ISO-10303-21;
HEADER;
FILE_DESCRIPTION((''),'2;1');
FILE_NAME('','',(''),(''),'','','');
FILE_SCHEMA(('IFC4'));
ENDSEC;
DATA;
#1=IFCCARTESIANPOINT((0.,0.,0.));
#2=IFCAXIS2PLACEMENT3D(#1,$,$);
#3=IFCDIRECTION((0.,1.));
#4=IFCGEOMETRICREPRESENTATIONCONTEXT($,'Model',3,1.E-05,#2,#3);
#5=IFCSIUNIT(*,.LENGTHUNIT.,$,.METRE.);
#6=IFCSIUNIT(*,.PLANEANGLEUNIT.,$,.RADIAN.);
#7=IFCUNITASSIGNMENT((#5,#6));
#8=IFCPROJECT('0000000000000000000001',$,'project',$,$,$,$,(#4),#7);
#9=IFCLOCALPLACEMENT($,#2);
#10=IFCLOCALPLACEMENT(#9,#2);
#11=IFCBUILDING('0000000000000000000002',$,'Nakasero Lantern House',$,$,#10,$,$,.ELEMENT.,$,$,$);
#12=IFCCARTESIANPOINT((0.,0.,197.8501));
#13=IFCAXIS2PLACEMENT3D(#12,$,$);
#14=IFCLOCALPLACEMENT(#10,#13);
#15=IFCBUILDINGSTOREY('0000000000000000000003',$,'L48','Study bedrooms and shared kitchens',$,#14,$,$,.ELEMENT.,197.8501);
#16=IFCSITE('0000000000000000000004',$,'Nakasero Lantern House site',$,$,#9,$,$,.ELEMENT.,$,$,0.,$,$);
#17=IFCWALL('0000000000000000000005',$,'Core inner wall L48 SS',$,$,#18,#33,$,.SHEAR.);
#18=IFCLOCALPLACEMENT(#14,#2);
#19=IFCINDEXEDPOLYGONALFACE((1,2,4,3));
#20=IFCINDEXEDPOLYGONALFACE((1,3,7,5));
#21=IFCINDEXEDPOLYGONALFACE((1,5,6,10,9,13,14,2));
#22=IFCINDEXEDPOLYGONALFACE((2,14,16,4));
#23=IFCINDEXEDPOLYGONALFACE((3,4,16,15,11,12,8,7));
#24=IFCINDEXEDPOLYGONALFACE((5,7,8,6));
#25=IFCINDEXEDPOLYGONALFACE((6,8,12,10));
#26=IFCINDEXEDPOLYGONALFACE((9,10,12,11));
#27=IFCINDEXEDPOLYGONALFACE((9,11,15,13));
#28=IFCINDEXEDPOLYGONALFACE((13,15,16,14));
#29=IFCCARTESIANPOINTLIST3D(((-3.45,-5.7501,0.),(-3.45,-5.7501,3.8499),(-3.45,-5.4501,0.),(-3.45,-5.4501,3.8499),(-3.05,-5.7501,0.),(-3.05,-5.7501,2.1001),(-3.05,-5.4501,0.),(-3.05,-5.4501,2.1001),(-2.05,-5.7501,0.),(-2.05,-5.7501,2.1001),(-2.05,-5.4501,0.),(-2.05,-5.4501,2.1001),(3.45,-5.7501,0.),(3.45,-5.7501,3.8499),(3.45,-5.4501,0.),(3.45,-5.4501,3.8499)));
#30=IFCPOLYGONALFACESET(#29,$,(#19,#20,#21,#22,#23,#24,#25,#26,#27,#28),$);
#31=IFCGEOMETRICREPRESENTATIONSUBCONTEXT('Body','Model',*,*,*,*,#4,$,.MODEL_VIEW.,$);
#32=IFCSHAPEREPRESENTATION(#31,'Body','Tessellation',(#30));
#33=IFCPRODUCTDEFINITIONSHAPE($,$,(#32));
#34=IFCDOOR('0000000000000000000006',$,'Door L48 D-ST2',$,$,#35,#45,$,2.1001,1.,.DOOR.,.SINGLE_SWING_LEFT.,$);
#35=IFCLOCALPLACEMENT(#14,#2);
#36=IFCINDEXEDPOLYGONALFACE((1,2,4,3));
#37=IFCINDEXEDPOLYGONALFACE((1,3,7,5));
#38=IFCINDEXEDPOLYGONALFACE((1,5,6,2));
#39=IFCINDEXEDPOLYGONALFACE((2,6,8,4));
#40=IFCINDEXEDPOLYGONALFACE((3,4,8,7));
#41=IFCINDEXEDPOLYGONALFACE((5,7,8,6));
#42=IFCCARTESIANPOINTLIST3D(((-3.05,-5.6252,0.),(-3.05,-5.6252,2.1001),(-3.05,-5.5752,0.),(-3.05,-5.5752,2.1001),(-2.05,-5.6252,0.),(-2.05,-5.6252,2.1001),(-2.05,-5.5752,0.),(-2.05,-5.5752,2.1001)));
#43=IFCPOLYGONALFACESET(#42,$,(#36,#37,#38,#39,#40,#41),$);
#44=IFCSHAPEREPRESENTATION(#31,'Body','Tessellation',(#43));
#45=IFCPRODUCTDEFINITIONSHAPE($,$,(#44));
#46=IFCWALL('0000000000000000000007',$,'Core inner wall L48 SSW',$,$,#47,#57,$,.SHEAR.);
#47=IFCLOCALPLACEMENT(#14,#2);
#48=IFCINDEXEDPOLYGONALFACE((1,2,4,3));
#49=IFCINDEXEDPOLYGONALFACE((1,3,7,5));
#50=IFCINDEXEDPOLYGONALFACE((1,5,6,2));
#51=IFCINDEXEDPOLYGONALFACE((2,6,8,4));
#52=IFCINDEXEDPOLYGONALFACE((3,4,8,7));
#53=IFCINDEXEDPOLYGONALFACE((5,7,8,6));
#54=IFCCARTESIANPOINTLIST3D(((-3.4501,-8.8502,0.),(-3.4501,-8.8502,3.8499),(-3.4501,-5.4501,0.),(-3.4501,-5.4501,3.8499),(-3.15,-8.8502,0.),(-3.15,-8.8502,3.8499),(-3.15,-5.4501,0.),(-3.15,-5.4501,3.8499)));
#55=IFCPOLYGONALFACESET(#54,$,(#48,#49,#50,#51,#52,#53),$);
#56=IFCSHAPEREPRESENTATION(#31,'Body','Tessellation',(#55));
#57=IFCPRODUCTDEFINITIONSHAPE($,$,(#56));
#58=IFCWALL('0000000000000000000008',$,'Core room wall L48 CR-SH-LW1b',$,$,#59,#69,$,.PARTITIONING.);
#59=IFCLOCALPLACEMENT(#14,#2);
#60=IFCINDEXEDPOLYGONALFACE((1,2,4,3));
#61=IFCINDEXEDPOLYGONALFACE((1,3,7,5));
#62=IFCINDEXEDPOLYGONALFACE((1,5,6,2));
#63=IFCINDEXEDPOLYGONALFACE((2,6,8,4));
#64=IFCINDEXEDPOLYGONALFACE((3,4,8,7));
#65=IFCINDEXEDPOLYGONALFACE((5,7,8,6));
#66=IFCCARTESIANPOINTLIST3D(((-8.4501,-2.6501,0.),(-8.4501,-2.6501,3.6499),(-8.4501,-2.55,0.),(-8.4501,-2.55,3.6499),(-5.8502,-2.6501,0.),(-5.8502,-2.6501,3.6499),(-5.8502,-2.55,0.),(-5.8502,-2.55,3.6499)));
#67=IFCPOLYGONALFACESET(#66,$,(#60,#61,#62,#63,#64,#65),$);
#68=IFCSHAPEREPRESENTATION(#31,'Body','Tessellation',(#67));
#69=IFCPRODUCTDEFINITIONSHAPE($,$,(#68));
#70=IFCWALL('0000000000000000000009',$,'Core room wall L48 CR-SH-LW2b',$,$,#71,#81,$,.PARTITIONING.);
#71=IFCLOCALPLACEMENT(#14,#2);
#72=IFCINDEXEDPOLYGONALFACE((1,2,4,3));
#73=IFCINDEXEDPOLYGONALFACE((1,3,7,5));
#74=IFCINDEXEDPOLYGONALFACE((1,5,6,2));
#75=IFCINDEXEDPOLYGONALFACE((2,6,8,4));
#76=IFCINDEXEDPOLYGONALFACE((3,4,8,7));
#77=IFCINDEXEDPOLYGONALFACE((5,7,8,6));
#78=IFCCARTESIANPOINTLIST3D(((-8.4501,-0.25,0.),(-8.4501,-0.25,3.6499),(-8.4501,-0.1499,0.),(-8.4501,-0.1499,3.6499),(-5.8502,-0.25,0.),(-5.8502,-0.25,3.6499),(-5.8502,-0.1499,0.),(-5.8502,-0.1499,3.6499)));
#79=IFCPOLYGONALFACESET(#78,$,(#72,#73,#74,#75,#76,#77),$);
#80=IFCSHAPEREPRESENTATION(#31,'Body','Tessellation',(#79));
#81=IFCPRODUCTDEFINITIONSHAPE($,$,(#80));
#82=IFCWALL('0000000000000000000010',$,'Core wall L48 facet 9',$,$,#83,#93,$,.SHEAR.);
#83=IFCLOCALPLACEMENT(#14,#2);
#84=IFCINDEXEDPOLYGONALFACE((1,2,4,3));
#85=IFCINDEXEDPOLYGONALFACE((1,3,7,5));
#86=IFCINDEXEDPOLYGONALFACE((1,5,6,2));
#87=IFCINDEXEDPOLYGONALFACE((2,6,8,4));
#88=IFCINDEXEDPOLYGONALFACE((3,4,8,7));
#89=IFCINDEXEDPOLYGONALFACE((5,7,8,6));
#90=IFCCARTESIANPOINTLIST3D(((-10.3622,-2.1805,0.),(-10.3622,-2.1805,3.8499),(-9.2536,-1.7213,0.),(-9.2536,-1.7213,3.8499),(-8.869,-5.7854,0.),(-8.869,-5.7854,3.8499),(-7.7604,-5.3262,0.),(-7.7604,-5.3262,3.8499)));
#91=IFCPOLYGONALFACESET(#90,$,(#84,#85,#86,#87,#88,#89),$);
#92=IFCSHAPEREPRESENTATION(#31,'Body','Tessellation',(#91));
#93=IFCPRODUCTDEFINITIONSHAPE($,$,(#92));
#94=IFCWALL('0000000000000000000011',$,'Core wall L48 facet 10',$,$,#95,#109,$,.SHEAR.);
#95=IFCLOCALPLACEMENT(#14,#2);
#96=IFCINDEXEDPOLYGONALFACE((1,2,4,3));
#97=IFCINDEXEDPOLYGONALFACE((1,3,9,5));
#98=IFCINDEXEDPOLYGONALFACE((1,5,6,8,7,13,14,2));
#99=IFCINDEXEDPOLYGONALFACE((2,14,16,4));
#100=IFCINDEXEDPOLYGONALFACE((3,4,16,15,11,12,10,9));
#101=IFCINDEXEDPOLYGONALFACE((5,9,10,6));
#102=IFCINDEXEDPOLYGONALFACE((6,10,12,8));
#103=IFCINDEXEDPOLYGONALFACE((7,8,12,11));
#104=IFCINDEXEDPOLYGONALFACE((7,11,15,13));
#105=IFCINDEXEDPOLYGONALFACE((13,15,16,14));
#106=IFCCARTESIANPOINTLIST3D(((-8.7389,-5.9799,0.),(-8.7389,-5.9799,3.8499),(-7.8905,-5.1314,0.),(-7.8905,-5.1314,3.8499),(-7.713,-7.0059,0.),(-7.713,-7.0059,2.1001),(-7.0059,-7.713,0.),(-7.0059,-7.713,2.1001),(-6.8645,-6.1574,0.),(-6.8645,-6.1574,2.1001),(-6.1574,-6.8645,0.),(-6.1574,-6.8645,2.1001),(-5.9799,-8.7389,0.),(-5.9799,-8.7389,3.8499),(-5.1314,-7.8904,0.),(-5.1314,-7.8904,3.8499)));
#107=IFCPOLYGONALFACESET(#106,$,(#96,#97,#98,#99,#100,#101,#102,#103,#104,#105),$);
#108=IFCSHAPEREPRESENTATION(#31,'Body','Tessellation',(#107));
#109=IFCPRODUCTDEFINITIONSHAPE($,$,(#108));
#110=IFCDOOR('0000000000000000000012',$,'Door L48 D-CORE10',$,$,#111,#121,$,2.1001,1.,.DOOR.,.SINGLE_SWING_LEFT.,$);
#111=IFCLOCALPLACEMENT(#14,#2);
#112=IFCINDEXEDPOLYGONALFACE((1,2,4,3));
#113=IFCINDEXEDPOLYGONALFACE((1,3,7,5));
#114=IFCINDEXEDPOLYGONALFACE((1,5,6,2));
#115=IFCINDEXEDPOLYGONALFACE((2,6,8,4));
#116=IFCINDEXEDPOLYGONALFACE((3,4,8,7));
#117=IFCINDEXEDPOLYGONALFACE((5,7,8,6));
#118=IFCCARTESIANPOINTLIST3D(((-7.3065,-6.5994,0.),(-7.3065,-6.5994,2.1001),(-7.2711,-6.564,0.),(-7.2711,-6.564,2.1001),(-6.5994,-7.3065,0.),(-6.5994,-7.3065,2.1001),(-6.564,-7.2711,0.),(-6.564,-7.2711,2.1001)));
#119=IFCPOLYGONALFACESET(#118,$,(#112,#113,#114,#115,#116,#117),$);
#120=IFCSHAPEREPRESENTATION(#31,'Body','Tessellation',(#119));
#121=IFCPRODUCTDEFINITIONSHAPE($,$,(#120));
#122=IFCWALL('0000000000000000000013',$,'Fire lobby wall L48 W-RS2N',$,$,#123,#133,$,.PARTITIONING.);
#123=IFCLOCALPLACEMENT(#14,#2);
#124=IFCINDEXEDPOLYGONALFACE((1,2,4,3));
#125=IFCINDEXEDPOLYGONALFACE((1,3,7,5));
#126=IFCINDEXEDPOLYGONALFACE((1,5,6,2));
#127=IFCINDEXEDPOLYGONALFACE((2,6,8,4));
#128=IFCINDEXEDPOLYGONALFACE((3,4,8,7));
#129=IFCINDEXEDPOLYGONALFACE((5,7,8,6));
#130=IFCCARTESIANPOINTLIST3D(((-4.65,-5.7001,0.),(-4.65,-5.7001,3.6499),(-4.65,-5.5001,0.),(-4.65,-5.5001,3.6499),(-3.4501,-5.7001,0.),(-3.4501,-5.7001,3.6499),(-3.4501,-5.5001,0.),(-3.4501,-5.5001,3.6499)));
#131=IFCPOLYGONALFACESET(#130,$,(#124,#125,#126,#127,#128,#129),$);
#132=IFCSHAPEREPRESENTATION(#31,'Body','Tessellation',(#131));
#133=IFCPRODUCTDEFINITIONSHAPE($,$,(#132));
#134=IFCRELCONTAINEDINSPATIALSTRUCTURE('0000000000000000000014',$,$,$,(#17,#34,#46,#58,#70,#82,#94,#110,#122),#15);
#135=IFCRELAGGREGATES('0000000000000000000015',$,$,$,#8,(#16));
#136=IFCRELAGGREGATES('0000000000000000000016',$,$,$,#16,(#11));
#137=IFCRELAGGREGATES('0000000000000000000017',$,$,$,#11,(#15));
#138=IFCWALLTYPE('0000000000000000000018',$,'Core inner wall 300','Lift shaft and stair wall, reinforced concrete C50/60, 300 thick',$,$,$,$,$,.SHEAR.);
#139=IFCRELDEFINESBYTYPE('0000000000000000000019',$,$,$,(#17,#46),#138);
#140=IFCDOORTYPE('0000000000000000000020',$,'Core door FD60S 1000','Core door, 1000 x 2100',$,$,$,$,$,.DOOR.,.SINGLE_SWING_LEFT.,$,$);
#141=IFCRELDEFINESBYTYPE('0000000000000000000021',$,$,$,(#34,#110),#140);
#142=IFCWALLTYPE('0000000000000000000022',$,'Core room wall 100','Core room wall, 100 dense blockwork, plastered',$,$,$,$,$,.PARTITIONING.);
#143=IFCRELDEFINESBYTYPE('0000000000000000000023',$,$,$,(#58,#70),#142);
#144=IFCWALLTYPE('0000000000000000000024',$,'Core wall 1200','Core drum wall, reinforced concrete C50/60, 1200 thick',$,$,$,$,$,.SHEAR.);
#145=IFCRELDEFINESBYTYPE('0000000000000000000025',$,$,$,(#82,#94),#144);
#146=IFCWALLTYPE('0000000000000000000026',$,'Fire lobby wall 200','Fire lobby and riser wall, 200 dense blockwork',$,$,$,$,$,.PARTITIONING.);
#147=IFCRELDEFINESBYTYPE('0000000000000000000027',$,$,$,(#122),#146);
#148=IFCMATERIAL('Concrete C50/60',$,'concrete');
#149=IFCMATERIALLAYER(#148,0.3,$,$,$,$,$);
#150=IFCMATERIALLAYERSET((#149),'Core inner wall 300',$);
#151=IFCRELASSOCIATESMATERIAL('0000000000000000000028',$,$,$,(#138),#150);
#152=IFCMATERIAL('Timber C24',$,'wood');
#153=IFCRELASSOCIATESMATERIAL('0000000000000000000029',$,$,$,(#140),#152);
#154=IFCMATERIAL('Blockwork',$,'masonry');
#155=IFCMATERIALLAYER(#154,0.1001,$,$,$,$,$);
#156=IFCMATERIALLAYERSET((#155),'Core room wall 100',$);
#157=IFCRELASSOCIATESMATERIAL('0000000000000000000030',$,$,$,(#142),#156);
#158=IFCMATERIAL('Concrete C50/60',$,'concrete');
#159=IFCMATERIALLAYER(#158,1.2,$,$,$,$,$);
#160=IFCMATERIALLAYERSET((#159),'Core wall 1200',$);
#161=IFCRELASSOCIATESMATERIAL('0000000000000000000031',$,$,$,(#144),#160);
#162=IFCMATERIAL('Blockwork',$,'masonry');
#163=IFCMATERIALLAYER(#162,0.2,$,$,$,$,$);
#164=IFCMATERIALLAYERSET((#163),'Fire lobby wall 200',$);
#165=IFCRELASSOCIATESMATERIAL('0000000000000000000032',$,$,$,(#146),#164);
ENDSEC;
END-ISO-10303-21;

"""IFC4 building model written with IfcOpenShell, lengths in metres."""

from ifc_helpers import new_model, si_unit, direction, frame, frame_2d, origin, place, context, subcontext, project, spatial, rectangle, extrude, material, layer, layer_set, type_object, element, fill, save


model = new_model("IFC4")

# Units and contexts
model_context = context("Model", 3, precision=1e-05, world=origin(), true_north=direction((0.0, 1.0)))
body_context = subcontext(model_context, "Body", "Model", "MODEL_VIEW")
ifc_project = project(units=[si_unit("LENGTHUNIT", "METRE"), si_unit("PLANEANGLEUNIT", "RADIAN")], contexts=[model_context])

# Site, building, storey
site_placement = place(None, origin())
site = spatial("IfcSite", under=ifc_project, at=site_placement, Name="Nakasero Lantern House site", CompositionType="ELEMENT", RefElevation=0.0)
building_placement = place(site_placement, origin())
building = spatial("IfcBuilding", under=site, at=building_placement, Name="Nakasero Lantern House", CompositionType="ELEMENT")
storey_placement = place(building_placement, frame((0.0, 0.0, 197.8501)))
storey = spatial("IfcBuildingStorey", under=building, at=storey_placement, Name="L48", Description="Study bedrooms and shared kitchens", CompositionType="ELEMENT", Elevation=197.8501)

# Shared definitions
ifc_material_1 = material(Name="Concrete C50/60", Category="concrete")
ifc_layer_1 = layer(ifc_material_1, 0.3)
ifc_layer_set_1 = layer_set([ifc_layer_1], Name="Core inner wall 300")
wall_type_1 = type_object("IfcWallType", Name="Core inner wall 300", Description="Lift shaft and stair wall, reinforced concrete C50/60, 300 thick", PredefinedType="SHEAR", material=ifc_layer_set_1)

# Wall, opening, door
wall_1_placement = place(storey_placement, frame((-3.45, -5.6001, 0.0), z_axis=(0.0, 0.0, 1.0), x_axis=(1.0, 0.0, 0.0)))
wall_1 = element("IfcWall", 1, at=wall_1_placement, inside=storey, type_object=wall_type_1, Name="Core inner wall L48 SS", PredefinedType="SHEAR", context=body_context, shape_type="SweptSolid", body=[
    extrude(rectangle(XDim=6.8999, YDim=0.3, at=frame_2d((3.45, 0.0))), origin(), (0.0, 0.0, 1.0), 3.8499),
])
opening_1_placement = place(wall_1_placement, frame((0.3999, 0.0, 0.0)))
opening_1 = element("IfcOpeningElement", 2, at=opening_1_placement, cuts=wall_1, PredefinedType="OPENING", context=body_context, shape_type="SweptSolid", body=[
    extrude(rectangle(XDim=1.0, YDim=2.1001, at=frame_2d((0.5, 1.05))), frame((0.0, 0.1699, 0.0), z_axis=(0.0, -1.0, 0.0), x_axis=(1.0, 0.0, 0.0)), (0.0, 0.0, 1.0), 0.3401),
])
ifc_material_2 = material(Name="Timber C24", Category="wood")
door_type_1 = type_object("IfcDoorType", Name="Core door FD60S 1000", Description="Core door, 1000 x 2100", OperationType="SINGLE_SWING_LEFT", PredefinedType="DOOR", material=ifc_material_2)
door_1_placement = place(opening_1_placement, origin())
door_1 = element("IfcDoor", 3, at=door_1_placement, inside=storey, type_object=door_type_1, Name="Door L48 D-ST2", OperationType="SINGLE_SWING_LEFT", OverallHeight=2.1001, OverallWidth=1.0, PredefinedType="DOOR", context=body_context, shape_type="SweptSolid", body=[
    extrude(rectangle(XDim=1.0, YDim=2.1001, at=frame_2d((0.5, 1.05))), frame((0.0, 0.0249, 0.0), z_axis=(0.0, -1.0, 0.0), x_axis=(1.0, 0.0, 0.0)), (0.0, 0.0, 1.0), 0.05),
])
fill(opening_1, door_1)

# Walls
wall_2_placement = place(storey_placement, frame((-3.3, -5.45, 0.0), z_axis=(0.0, 0.0, 1.0), x_axis=(0.0, -1.0, 0.0)))
element("IfcWall", 4, at=wall_2_placement, inside=storey, type_object=wall_type_1, Name="Core inner wall L48 SSW", PredefinedType="SHEAR", context=body_context, shape_type="SweptSolid", body=[
    extrude(rectangle(XDim=3.4001, YDim=0.3, at=frame_2d((1.7002, 0.0))), origin(), (0.0, 0.0, 1.0), 3.8499),
])
ifc_material_3 = material(Name="Blockwork", Category="masonry")
ifc_layer_2 = layer(ifc_material_3, 0.1001)
ifc_layer_set_2 = layer_set([ifc_layer_2], Name="Core room wall 100")
wall_type_2 = type_object("IfcWallType", Name="Core room wall 100", Description="Core room wall, 100 dense blockwork, plastered", PredefinedType="PARTITIONING", material=ifc_layer_set_2)
for number, where, z_axis, x_axis, name in (
    (5, (-8.45, -2.6001, 0.0), (0.0, 0.0, 1.0), (1.0, 0.0, 0.0), "Core room wall L48 CR-SH-LW1b"),
    (6, (-8.45, -0.2, 0.0), (0.0, 0.0, 1.0), (1.0, 0.0, 0.0), "Core room wall L48 CR-SH-LW2b"),
):
    element("IfcWall", number, at=place(storey_placement, frame(where, z_axis=z_axis, x_axis=x_axis)), inside=storey, type_object=wall_type_2, Name=name, PredefinedType="PARTITIONING", context=body_context, shape_type="SweptSolid", body=[
        extrude(rectangle(XDim=2.5999, YDim=0.1001, at=frame_2d((1.2998, 0.0))), origin(), (0.0, 0.0, 1.0), 3.6499),
    ])
ifc_material_4 = material(Name="Concrete C50/60", Category="concrete")
ifc_layer_3 = layer(ifc_material_4, 1.2)
ifc_layer_set_3 = layer_set([ifc_layer_3], Name="Core wall 1200")
wall_type_3 = type_object("IfcWallType", Name="Core wall 1200", Description="Core drum wall, reinforced concrete C50/60, 1200 thick", PredefinedType="SHEAR", material=ifc_layer_set_3)
wall_3_placement = place(storey_placement, frame((-9.8079, -1.9509, 0.0), z_axis=(0.0, 0.0, 1.0), x_axis=(0.382691, -0.923877, 0.0)))
element("IfcWall", 7, at=wall_3_placement, inside=storey, type_object=wall_type_3, Name="Core wall L48 facet 9", PredefinedType="SHEAR", context=body_context, shape_type="SweptSolid", body=[
    extrude(rectangle(XDim=3.9019, YDim=1.2, at=frame_2d((1.9509, 0.0))), origin(), (0.0, 0.0, 1.0), 3.8499),
])

# Wall, opening, door
wall_4_placement = place(storey_placement, frame((-8.3147, -5.5557, 0.0), z_axis=(0.0, 0.0, 1.0), x_axis=(0.707107, -0.707107, 0.0)))
wall_4 = element("IfcWall", 8, at=wall_4_placement, inside=storey, type_object=wall_type_3, Name="Core wall L48 facet 10", PredefinedType="SHEAR", context=body_context, shape_type="SweptSolid", body=[
    extrude(rectangle(XDim=3.9019, YDim=1.2, at=frame_2d((1.9509, 0.0))), origin(), (0.0, 0.0, 1.0), 3.8499),
])
opening_2_placement = place(wall_4_placement, frame((1.4509, 0.0, 0.0)))
opening_2 = element("IfcOpeningElement", 9, at=opening_2_placement, cuts=wall_4, PredefinedType="OPENING", context=body_context, shape_type="SweptSolid", body=[
    extrude(rectangle(XDim=1.0, YDim=2.1001, at=frame_2d((0.5, 1.05))), frame((0.0, 0.6199, 0.0), z_axis=(0.0, -1.0, 0.0), x_axis=(1.0, 0.0, 0.0)), (0.0, 0.0, 1.0), 1.24),
])
door_2_placement = place(opening_2_placement, origin())
door_2 = element("IfcDoor", 10, at=door_2_placement, inside=storey, type_object=door_type_1, Name="Door L48 D-CORE10", OperationType="SINGLE_SWING_LEFT", OverallHeight=2.1001, OverallWidth=1.0, PredefinedType="DOOR", context=body_context, shape_type="SweptSolid", body=[
    extrude(rectangle(XDim=1.0, YDim=2.1001, at=frame_2d((0.5, 1.05))), frame((0.0, 0.0249, 0.0), z_axis=(0.0, -1.0, 0.0), x_axis=(1.0, 0.0, 0.0)), (0.0, 0.0, 1.0), 0.05),
])
fill(opening_2, door_2)

# Wall
ifc_material_5 = material(Name="Blockwork", Category="masonry")
ifc_layer_4 = layer(ifc_material_5, 0.2)
ifc_layer_set_4 = layer_set([ifc_layer_4], Name="Fire lobby wall 200")
wall_type_4 = type_object("IfcWallType", Name="Fire lobby wall 200", Description="Fire lobby and riser wall, 200 dense blockwork", PredefinedType="PARTITIONING", material=ifc_layer_set_4)
wall_5_placement = place(storey_placement, frame((-3.45, -5.6001, 0.0), z_axis=(0.0, 0.0, 1.0), x_axis=(-1.0, 0.0, 0.0)))
element("IfcWall", 11, at=wall_5_placement, inside=storey, type_object=wall_type_4, Name="Fire lobby wall L48 W-RS2N", PredefinedType="PARTITIONING", context=body_context, shape_type="SweptSolid", body=[
    extrude(rectangle(XDim=1.2, YDim=0.2, at=frame_2d((0.6001, 0.0))), origin(), (0.0, 0.0, 1.0), 3.6499),
])

save(model, "model.ifc")
